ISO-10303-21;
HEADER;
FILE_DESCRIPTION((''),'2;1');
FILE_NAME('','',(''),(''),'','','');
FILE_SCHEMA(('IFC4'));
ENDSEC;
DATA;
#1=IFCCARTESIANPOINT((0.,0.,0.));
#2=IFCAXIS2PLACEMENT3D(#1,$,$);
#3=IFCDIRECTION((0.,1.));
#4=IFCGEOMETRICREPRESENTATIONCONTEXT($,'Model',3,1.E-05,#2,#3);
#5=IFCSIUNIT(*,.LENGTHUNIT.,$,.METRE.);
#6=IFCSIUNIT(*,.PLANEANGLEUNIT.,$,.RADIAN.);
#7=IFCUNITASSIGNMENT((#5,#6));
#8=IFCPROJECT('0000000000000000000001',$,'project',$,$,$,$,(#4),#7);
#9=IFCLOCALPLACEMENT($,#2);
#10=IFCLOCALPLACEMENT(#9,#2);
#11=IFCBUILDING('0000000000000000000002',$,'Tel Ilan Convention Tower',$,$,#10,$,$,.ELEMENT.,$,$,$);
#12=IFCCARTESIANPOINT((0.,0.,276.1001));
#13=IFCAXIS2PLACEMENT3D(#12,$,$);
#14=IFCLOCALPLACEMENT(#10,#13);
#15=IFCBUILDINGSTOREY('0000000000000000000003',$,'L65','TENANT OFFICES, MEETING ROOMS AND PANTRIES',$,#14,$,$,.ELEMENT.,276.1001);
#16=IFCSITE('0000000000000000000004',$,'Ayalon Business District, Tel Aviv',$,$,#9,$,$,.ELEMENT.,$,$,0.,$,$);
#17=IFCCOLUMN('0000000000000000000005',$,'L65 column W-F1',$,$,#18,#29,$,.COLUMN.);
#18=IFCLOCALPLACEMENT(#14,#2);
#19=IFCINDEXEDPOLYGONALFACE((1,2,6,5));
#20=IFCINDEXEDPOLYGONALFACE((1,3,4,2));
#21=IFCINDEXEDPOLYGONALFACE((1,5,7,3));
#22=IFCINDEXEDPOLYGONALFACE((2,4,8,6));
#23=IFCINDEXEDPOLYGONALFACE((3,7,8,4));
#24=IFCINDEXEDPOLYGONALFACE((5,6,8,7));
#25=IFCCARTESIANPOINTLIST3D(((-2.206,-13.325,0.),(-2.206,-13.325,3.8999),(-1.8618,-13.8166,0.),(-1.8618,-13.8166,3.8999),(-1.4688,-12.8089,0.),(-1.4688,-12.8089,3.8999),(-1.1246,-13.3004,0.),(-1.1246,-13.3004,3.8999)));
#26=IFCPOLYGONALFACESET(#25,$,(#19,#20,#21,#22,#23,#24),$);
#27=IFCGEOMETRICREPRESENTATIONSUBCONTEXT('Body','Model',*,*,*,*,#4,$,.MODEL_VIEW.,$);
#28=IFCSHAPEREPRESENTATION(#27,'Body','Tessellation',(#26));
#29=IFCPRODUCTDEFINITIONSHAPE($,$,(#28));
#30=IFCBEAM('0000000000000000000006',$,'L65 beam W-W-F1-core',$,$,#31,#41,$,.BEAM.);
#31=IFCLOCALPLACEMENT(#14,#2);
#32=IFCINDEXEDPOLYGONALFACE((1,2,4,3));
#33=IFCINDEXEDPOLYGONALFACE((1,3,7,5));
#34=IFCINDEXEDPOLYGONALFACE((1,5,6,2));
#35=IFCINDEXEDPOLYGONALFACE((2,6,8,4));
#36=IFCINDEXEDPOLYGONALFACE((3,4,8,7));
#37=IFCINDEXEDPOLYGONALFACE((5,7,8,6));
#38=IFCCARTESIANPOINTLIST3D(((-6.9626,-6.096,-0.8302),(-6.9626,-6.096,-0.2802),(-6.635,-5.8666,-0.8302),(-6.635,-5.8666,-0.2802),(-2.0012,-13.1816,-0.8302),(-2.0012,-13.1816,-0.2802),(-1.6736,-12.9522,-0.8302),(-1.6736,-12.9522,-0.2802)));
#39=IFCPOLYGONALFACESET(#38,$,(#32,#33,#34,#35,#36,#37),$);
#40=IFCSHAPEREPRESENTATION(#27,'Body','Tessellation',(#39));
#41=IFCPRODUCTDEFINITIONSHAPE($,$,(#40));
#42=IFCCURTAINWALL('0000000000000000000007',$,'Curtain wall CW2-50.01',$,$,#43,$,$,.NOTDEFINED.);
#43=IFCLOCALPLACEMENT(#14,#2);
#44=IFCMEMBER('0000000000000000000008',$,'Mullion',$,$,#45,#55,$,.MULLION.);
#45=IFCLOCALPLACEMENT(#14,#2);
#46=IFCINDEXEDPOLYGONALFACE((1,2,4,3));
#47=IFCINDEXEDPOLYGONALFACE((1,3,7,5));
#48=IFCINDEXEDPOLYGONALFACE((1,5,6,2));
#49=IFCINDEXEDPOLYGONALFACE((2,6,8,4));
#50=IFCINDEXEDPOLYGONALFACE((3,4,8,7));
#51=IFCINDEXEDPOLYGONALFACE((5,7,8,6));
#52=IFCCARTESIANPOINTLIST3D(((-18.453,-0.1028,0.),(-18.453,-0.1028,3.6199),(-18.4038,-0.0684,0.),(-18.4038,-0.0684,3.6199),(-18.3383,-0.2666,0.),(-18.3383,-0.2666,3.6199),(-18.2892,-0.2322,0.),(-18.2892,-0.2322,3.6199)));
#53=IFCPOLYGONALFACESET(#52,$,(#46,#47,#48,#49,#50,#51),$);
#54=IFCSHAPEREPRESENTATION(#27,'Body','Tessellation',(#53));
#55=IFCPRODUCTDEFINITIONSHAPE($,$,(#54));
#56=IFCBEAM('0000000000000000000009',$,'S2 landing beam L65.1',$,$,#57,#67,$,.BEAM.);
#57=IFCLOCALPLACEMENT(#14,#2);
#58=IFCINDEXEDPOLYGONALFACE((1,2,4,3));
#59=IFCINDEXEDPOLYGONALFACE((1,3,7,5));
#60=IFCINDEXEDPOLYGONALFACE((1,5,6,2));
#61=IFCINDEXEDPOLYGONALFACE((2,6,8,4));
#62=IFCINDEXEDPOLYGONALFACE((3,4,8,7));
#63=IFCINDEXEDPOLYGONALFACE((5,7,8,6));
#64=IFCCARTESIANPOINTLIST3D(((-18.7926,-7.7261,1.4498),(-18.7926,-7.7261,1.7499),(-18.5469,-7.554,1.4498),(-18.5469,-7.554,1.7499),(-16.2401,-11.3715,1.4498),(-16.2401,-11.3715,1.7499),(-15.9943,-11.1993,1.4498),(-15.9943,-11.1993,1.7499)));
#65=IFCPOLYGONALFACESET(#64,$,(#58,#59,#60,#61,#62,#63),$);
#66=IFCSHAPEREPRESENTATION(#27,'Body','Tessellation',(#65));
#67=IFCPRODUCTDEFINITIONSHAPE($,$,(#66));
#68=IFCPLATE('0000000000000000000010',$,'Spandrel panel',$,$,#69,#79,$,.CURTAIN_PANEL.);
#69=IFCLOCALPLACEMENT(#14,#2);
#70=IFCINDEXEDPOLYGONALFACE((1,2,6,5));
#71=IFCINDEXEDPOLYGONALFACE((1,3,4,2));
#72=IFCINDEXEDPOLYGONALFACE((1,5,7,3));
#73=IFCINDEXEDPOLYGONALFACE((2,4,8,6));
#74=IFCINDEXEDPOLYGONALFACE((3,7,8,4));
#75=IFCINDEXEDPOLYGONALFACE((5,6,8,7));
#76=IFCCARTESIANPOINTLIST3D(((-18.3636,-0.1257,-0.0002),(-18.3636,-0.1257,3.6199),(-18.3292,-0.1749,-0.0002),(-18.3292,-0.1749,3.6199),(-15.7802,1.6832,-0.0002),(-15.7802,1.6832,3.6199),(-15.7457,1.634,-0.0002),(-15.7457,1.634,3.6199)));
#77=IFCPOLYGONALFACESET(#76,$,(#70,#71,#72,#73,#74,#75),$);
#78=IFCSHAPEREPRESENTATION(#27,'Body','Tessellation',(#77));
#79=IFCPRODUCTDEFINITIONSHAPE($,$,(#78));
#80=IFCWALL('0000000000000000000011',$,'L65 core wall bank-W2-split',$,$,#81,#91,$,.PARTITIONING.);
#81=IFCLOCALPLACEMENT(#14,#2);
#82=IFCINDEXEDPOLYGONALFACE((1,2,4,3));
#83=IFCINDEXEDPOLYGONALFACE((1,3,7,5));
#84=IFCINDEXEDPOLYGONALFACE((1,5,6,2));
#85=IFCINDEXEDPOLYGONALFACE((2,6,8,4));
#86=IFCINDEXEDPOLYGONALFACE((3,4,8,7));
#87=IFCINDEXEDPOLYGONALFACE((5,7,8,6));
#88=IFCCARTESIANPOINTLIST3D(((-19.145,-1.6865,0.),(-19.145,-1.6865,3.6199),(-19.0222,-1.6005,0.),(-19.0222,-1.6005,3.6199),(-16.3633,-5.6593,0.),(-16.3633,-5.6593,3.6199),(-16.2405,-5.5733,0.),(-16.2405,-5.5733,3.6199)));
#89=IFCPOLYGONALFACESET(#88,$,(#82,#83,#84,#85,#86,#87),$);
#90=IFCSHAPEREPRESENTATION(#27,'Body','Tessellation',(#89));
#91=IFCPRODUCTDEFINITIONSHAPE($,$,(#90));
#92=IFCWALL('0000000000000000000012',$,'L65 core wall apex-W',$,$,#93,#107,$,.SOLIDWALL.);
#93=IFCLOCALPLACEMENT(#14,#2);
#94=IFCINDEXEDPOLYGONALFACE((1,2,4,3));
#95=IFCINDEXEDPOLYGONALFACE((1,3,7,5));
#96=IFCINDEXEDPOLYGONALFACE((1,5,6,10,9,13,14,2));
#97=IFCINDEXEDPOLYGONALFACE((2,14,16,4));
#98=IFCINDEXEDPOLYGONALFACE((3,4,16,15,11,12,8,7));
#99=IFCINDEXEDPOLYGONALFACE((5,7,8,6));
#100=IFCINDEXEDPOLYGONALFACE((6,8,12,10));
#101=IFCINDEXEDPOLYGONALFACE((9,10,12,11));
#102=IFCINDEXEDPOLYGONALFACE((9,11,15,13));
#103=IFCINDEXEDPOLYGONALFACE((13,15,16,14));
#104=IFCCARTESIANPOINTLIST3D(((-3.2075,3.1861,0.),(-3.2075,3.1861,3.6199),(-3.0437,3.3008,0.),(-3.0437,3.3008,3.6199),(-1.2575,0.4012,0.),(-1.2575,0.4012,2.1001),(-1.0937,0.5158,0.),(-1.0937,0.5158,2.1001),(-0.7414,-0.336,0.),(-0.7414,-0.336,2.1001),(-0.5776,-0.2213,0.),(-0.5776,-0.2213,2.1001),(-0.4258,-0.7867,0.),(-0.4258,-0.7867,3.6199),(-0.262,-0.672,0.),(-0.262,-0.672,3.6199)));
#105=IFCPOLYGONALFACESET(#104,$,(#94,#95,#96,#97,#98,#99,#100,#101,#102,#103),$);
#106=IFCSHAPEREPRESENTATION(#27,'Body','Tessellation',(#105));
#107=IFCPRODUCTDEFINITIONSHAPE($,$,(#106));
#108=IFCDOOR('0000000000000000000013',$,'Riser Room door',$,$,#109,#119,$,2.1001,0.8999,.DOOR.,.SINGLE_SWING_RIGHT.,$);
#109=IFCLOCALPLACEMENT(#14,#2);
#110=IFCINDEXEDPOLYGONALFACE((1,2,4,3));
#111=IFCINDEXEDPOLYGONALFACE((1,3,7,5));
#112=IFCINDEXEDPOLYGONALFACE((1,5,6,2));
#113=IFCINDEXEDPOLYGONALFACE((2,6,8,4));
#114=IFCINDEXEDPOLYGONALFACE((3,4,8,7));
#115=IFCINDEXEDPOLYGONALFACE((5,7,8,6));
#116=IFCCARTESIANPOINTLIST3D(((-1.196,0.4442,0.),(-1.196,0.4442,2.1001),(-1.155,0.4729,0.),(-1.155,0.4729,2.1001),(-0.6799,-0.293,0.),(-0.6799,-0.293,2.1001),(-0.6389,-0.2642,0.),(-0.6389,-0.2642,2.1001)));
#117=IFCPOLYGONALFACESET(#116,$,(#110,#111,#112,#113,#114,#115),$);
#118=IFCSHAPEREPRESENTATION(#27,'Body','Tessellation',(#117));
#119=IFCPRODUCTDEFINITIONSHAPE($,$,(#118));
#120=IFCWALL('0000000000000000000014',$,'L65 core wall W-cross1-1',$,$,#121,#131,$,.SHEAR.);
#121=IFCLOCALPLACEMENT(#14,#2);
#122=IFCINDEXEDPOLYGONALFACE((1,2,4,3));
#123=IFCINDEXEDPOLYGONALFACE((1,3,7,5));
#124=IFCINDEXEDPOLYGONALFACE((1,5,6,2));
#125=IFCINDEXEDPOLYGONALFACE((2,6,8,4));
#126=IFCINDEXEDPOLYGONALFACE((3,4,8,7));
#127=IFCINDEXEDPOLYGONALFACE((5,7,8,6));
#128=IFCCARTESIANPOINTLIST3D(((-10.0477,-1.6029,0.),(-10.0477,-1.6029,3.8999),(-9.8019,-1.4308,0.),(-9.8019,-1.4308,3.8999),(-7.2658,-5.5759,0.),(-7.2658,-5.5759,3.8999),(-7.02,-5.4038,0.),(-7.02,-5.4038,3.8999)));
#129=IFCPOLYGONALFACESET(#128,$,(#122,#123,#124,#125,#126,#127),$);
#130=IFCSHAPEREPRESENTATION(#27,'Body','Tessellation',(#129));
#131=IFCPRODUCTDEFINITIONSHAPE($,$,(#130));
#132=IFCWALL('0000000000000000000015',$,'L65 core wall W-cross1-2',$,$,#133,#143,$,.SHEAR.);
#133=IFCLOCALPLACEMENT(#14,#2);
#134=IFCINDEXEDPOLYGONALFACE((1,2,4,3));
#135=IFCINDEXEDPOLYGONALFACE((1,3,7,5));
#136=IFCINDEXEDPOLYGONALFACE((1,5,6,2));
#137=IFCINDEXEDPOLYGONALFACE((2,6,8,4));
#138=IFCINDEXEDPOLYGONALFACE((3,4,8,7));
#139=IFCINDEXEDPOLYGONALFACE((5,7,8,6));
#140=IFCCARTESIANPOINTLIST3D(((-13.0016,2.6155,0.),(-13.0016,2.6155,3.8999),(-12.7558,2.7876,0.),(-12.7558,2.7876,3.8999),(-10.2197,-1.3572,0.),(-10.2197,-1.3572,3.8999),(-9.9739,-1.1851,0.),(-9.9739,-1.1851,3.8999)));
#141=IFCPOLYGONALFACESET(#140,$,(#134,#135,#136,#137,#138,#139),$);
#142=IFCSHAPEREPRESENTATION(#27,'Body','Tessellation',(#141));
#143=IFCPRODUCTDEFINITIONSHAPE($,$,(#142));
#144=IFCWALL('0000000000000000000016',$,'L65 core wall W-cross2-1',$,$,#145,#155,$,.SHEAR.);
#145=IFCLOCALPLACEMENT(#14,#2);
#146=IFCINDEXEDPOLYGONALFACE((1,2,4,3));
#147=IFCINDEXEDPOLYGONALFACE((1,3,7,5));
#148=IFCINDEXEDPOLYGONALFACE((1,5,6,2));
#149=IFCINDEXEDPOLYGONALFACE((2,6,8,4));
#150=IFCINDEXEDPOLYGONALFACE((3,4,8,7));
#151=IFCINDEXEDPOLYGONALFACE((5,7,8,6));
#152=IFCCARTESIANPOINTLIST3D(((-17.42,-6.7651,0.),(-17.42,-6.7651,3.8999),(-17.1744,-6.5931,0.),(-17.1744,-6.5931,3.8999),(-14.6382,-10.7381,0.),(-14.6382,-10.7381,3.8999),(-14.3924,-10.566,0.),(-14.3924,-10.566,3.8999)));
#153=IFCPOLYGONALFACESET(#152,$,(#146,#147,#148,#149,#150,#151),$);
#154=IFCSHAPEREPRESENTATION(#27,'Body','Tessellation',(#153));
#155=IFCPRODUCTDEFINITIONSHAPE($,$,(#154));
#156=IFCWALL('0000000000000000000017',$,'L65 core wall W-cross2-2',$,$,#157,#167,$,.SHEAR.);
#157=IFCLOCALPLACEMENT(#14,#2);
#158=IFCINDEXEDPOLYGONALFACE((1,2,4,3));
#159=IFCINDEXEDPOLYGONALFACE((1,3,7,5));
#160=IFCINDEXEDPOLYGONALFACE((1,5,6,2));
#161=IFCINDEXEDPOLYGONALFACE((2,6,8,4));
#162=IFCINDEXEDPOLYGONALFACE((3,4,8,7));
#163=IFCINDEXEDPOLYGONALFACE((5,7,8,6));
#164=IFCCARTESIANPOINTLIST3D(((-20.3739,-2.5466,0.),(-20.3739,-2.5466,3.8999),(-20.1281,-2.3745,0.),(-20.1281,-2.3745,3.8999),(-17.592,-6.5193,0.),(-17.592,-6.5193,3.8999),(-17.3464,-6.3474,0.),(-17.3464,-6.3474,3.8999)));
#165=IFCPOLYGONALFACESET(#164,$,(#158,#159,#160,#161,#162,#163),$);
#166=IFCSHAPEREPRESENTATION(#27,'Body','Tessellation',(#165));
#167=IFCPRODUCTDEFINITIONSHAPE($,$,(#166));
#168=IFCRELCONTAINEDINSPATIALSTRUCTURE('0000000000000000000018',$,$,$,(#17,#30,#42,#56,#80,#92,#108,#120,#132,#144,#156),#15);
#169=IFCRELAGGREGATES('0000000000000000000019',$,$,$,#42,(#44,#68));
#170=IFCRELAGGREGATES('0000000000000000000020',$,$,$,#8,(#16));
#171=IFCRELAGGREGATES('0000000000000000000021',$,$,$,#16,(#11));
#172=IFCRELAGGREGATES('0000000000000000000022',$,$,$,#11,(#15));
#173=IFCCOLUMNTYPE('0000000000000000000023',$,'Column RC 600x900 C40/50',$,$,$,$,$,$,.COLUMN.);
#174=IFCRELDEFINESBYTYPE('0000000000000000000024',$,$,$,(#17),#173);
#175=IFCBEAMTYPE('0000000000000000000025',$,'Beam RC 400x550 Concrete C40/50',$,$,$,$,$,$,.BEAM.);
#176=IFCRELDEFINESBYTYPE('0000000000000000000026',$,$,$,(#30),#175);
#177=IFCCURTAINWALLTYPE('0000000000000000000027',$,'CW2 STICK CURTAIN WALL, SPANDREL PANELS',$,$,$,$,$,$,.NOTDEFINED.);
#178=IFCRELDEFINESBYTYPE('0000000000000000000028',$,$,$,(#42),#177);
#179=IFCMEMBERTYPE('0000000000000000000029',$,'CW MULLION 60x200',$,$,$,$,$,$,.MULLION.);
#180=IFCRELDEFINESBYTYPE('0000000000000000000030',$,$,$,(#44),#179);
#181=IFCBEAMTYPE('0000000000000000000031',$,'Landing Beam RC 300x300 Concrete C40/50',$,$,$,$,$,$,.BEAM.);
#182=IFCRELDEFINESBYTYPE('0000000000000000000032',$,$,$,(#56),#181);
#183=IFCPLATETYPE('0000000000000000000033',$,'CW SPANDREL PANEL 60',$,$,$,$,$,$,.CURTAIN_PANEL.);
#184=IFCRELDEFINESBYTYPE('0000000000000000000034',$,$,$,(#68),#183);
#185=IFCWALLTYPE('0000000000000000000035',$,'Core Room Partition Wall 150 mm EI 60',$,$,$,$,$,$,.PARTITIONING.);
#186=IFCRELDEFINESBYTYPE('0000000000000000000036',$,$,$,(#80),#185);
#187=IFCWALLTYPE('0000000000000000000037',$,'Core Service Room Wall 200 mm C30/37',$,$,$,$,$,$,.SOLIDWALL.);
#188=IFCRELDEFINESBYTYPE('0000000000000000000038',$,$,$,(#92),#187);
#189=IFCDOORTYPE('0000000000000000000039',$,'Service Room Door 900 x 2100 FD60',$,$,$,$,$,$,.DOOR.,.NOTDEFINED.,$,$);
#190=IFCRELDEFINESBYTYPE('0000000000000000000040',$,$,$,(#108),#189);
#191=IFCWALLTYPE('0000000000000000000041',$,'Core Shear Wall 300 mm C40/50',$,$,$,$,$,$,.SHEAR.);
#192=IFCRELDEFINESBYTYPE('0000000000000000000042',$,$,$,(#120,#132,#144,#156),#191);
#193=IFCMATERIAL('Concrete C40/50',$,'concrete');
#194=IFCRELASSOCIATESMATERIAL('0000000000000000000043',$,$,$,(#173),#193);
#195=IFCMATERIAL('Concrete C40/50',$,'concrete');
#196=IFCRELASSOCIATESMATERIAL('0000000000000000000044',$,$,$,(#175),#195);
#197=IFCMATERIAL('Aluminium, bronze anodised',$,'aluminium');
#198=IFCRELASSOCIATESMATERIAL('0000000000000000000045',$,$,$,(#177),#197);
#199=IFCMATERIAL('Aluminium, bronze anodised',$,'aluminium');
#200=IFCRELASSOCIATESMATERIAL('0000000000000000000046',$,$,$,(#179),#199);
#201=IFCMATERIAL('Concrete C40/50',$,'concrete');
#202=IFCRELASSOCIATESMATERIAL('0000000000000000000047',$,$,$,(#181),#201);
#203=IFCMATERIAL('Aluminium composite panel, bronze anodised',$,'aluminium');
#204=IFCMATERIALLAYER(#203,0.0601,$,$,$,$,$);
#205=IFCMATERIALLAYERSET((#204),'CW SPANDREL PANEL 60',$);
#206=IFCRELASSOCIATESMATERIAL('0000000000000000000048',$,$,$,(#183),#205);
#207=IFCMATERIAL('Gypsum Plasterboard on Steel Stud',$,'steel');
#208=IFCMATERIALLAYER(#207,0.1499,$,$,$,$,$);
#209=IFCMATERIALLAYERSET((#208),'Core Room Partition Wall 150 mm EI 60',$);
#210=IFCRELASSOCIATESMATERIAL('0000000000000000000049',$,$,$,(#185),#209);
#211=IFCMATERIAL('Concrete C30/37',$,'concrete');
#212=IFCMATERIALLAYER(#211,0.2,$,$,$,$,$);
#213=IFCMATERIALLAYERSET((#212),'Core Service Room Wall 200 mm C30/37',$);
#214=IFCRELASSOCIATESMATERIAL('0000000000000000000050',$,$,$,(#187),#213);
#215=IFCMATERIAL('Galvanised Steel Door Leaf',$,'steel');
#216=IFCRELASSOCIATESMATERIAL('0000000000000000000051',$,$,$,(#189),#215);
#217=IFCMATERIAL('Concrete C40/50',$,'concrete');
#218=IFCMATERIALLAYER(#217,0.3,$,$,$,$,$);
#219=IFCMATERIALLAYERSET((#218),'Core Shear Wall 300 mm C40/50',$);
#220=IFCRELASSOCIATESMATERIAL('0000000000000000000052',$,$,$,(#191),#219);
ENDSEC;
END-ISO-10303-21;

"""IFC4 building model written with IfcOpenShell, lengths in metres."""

from ifc_helpers import new_model, si_unit, direction, frame, frame_2d, origin, origin_2d, place, context, subcontext, project, spatial, polyline, rectangle, outline, extrude, material, layer, layer_set, material_profile, profile_set, type_object, element, fill, aggregate, save


model = new_model("IFC4")

# Units and contexts
model_context = context("Model", 3, precision=1e-05, world=origin(), true_north=direction((0.0, 1.0)))
body_context = subcontext(model_context, "Body", "Model", "MODEL_VIEW")
ifc_project = project(units=[si_unit("LENGTHUNIT", "METRE"), si_unit("PLANEANGLEUNIT", "RADIAN")], contexts=[model_context])

# Site, building, storey
site_placement = place(None, origin())
site = spatial("IfcSite", under=ifc_project, at=site_placement, Name="Ayalon Business District, Tel Aviv", CompositionType="ELEMENT", RefElevation=0.0)
building_placement = place(site_placement, origin())
building = spatial("IfcBuilding", under=site, at=building_placement, Name="Tel Ilan Convention Tower", CompositionType="ELEMENT")
storey_placement = place(building_placement, frame((0.0, 0.0, 276.1001)))
storey = spatial("IfcBuildingStorey", under=building, at=storey_placement, Name="L65", Description="TENANT OFFICES, MEETING ROOMS AND PANTRIES", CompositionType="ELEMENT", Elevation=276.1001)

# Column
ifc_material_1 = material(Name="Concrete C40/50", Category="concrete")
ifc_material_profile_1 = material_profile(ifc_material_1, rectangle(XDim=0.8999, YDim=0.6001, at=origin_2d()), Name="RC 600x900")
ifc_profile_set_1 = profile_set([ifc_material_profile_1], Name="Concrete C40/50")
column_type = type_object("IfcColumnType", Name="Column RC 600x900 C40/50", PredefinedType="COLUMN", material=ifc_profile_set_1)
column_placement = place(storey_placement, frame((-1.6653, -13.3127, 0.0), z_axis=(0.0, 0.0, 1.0), x_axis=(-0.819152, -0.573576, 0.0)))
element("IfcColumn", 1, at=column_placement, inside=storey, type_object=column_type, Name="L65 column W-F1", PredefinedType="COLUMN", context=body_context, shape_type="SweptSolid", body=[
    extrude(rectangle(XDim=0.8999, YDim=0.6001, at=origin_2d()), origin(), (0.0, 0.0, 1.0), 3.8999),
])

# Beam
ifc_material_2 = material(Name="Concrete C40/50", Category="concrete")
ifc_material_profile_2 = material_profile(ifc_material_2, rectangle(XDim=0.3999, YDim=0.55, at=origin_2d()), Name="RC 400x550")
ifc_profile_set_2 = profile_set([ifc_material_profile_2], Name="Concrete C40/50")
beam_type_1 = type_object("IfcBeamType", Name="Beam RC 400x550 Concrete C40/50", PredefinedType="BEAM", material=ifc_profile_set_2)
beam_1_placement = place(storey_placement, frame((-1.8374, -13.0669, -0.5552), z_axis=(-0.573574, 0.819154, 0.0), x_axis=(-0.819154, -0.573574, 0.0)))
element("IfcBeam", 2, at=beam_1_placement, inside=storey, type_object=beam_type_1, Name="L65 beam W-W-F1-core", PredefinedType="BEAM", context=body_context, shape_type="SweptSolid", body=[
    extrude(rectangle(XDim=0.3999, YDim=0.55, at=origin_2d()), origin(), (0.0, 0.0, 1.0), 8.6499),
])

# Curtain wall, member
ifc_material_3 = material(Name="Aluminium, bronze anodised", Category="aluminium")
curtain_wall_type = type_object("IfcCurtainWallType", Name="CW2 STICK CURTAIN WALL, SPANDREL PANELS", PredefinedType="NOTDEFINED", material=ifc_material_3)
curtain_wall_placement = place(storey_placement, origin())
curtain_wall = element("IfcCurtainWall", 3, at=curtain_wall_placement, inside=storey, type_object=curtain_wall_type, Name="Curtain wall CW2-50.01", PredefinedType="NOTDEFINED")
ifc_material_4 = material(Name="Aluminium, bronze anodised", Category="aluminium")
ifc_material_profile_3 = material_profile(ifc_material_4, rectangle(XDim=0.0601, YDim=0.2, at=origin_2d()), Name="CW MULLION 60x200")
ifc_profile_set_3 = profile_set([ifc_material_profile_3], Name="Aluminium, bronze anodised")
member_type = type_object("IfcMemberType", Name="CW MULLION 60x200", PredefinedType="MULLION", material=ifc_profile_set_3)
member_placement = place(storey_placement, frame((-18.3711, -0.1675, 0.0), z_axis=(0.0, 0.0, 1.0), x_axis=(-0.819152, -0.573576, 0.0)))
member = element("IfcMember", 4, at=member_placement, type_object=member_type, Name="Mullion", PredefinedType="MULLION", context=body_context, shape_type="SweptSolid", body=[
    extrude(rectangle(XDim=0.0601, YDim=0.2, at=origin_2d()), origin(), (0.0, 0.0, 1.0), 3.6199),
])

# Beam
ifc_material_5 = material(Name="Concrete C40/50", Category="concrete")
ifc_material_profile_4 = material_profile(ifc_material_5, rectangle(XDim=0.3, YDim=0.3, at=origin_2d()), Name="RC 300x300")
ifc_profile_set_4 = profile_set([ifc_material_profile_4], Name="Concrete C40/50")
beam_type_2 = type_object("IfcBeamType", Name="Landing Beam RC 300x300 Concrete C40/50", PredefinedType="BEAM", material=ifc_profile_set_4)
beam_2_placement = place(storey_placement, frame((-16.1172, -11.2854, 1.5999), z_axis=(-0.573584, 0.819147, 0.0), x_axis=(-0.819147, -0.573584, 0.0)))
element("IfcBeam", 5, at=beam_2_placement, inside=storey, type_object=beam_type_2, Name="S2 landing beam L65.1", PredefinedType="BEAM", context=body_context, shape_type="SweptSolid", body=[
    extrude(rectangle(XDim=0.3, YDim=0.3, at=origin_2d()), origin(), (0.0, 0.0, 1.0), 4.4502),
])

# Plate
ifc_material_6 = material(Name="Aluminium composite panel, bronze anodised", Category="aluminium")
ifc_layer_1 = layer(ifc_material_6, 0.0601)
ifc_layer_set_1 = layer_set([ifc_layer_1], Name="CW SPANDREL PANEL 60")
plate_type = type_object("IfcPlateType", Name="CW SPANDREL PANEL 60", PredefinedType="CURTAIN_PANEL", material=ifc_layer_set_1)
plate_placement = place(storey_placement, frame((-17.0547, 0.7542, -0.0002), z_axis=(0.0, 0.0, 1.0), x_axis=(-0.819152, -0.573576, 0.0)))
plate = element("IfcPlate", 6, at=plate_placement, type_object=plate_type, Name="Spandrel panel", PredefinedType="CURTAIN_PANEL", context=body_context, shape_type="SweptSolid", body=[
    extrude(rectangle(XDim=3.1538, YDim=0.0601, at=origin_2d()), origin(), (0.0, 0.0, 1.0), 3.6201),
])
aggregate(curtain_wall, [member, plate])

# Wall
ifc_material_7 = material(Name="Gypsum Plasterboard on Steel Stud", Category="steel")
ifc_layer_2 = layer(ifc_material_7, 0.1499)
ifc_layer_set_2 = layer_set([ifc_layer_2], Name="Core Room Partition Wall 150 mm EI 60")
wall_type_1 = type_object("IfcWallType", Name="Core Room Partition Wall 150 mm EI 60", PredefinedType="PARTITIONING", material=ifc_layer_set_2)
wall_1_placement = place(storey_placement, frame((-16.302, -5.6162, 0.0), z_axis=(0.0, 0.0, 1.0), x_axis=(-0.57356, 0.819163, 0.0)))
element("IfcWall", 7, at=wall_1_placement, inside=storey, type_object=wall_type_1, Name="L65 core wall bank-W2-split", PredefinedType="PARTITIONING", context=body_context, shape_type="SweptSolid", body=[
    extrude(rectangle(XDim=4.8499, YDim=0.1499, at=frame_2d((2.4248, 0.0))), origin(), (0.0, 0.0, 1.0), 3.6199),
])

# Wall, opening, door
ifc_material_8 = material(Name="Concrete C30/37", Category="concrete")
ifc_layer_3 = layer(ifc_material_8, 0.2)
ifc_layer_set_3 = layer_set([ifc_layer_3], Name="Core Service Room Wall 200 mm C30/37")
wall_type_2 = type_object("IfcWallType", Name="Core Service Room Wall 200 mm C30/37", PredefinedType="SOLIDWALL", material=ifc_layer_set_3)
wall_2_placement = place(storey_placement, frame((-0.344, -0.7292, 0.0), z_axis=(0.0, 0.0, 1.0), x_axis=(-0.57356, 0.819163, 0.0)))
wall_2 = element("IfcWall", 8, at=wall_2_placement, inside=storey, type_object=wall_type_2, Name="L65 core wall apex-W", PredefinedType="SOLIDWALL", context=body_context, shape_type="SweptSolid", body=[
    extrude(rectangle(XDim=4.8499, YDim=0.2, at=frame_2d((2.4248, 0.0))), origin(), (0.0, 0.0, 1.0), 3.6199),
])
opening_1_placement = place(wall_2_placement, frame((0.55, 0.0, 0.0)))
opening_1 = element("IfcOpeningElement", 9, at=opening_1_placement, cuts=wall_2, PredefinedType="OPENING", context=body_context, shape_type="SweptSolid", body=[
    extrude(rectangle(XDim=0.8999, YDim=2.1001, at=frame_2d((0.45, 1.05))), frame((0.0, 0.1099, 0.0), z_axis=(0.0, -1.0, 0.0), x_axis=(1.0, 0.0, 0.0)), (0.0, 0.0, 1.0), 0.22),
])
ifc_material_9 = material(Name="Galvanised Steel Door Leaf", Category="steel")
door_type_1 = type_object("IfcDoorType", Name="Service Room Door 900 x 2100 FD60", OperationType="NOTDEFINED", PredefinedType="DOOR", material=ifc_material_9)
door_1_placement = place(opening_1_placement, origin())
door_1 = element("IfcDoor", 10, at=door_1_placement, inside=storey, type_object=door_type_1, Name="Riser Room door", OperationType="SINGLE_SWING_RIGHT", OverallHeight=2.1001, OverallWidth=0.8999, PredefinedType="DOOR", context=body_context, shape_type="SweptSolid", body=[
    extrude(rectangle(XDim=0.8999, YDim=2.1001, at=frame_2d((0.45, 1.05))), frame((0.0, 0.0249, 0.0), z_axis=(0.0, -1.0, 0.0), x_axis=(1.0, 0.0, 0.0)), (0.0, 0.0, 1.0), 0.05),
])
fill(opening_1, door_1)

# Walls
ifc_material_10 = material(Name="Concrete C40/50", Category="concrete")
ifc_layer_4 = layer(ifc_material_10, 0.3)
ifc_layer_set_4 = layer_set([ifc_layer_4], Name="Core Shear Wall 300 mm C40/50")
wall_type_3 = type_object("IfcWallType", Name="Core Shear Wall 300 mm C40/50", PredefinedType="SHEAR", material=ifc_layer_set_4)
wall_3_placement = place(storey_placement, frame((-7.1428, -5.4897, 0.0), z_axis=(0.0, 0.0, 1.0), x_axis=(-0.573618, 0.819123, 0.0)))
element("IfcWall", 11, at=wall_3_placement, inside=storey, type_object=wall_type_3, Name="L65 core wall W-cross1-1", PredefinedType="SHEAR", context=body_context, shape_type="SweptSolid", body=[
    extrude(outline(polyline([(4.8501, 0.1499), (0.0, 0.1501), (0.0, -0.1499), (4.8501, -0.1501), (4.8501, 0.1499)])), origin(), (0.0, 0.0, 1.0), 3.8999),
])
wall_4_placement = place(storey_placement, frame((-10.0969, -1.2712, 0.0), z_axis=(0.0, 0.0, 1.0), x_axis=(-0.57356, 0.819163, 0.0)))
element("IfcWall", 12, at=wall_4_placement, inside=storey, type_object=wall_type_3, Name="L65 core wall W-cross1-2", PredefinedType="SHEAR", context=body_context, shape_type="SweptSolid", body=[
    extrude(outline(polyline([(4.8499, -0.1499), (4.8499, 0.1501), (0.0, 0.1499), (0.0, -0.1501), (4.8499, -0.1499)])), origin(), (0.0, 0.0, 1.0), 3.8999),
])
wall_5_placement = place(storey_placement, frame((-14.5154, -10.6521, 0.0), z_axis=(0.0, 0.0, 1.0), x_axis=(-0.57356, 0.819163, 0.0)))
element("IfcWall", 13, at=wall_5_placement, inside=storey, type_object=wall_type_3, Name="L65 core wall W-cross2-1", PredefinedType="SHEAR", context=body_context, shape_type="SweptSolid", body=[
    extrude(outline(polyline([(4.8501, 0.1499), (0.0, 0.1499), (0.0, -0.1501), (4.8501, -0.1499), (4.8501, 0.1499)])), origin(), (0.0, 0.0, 1.0), 3.8999),
])
wall_6_placement = place(storey_placement, frame((-17.4692, -6.4333, 0.0), z_axis=(0.0, 0.0, 1.0), x_axis=(-0.573594, 0.81914, 0.0)))
element("IfcWall", 14, at=wall_6_placement, inside=storey, type_object=wall_type_3, Name="L65 core wall W-cross2-2", PredefinedType="SHEAR", context=body_context, shape_type="SweptSolid", body=[
    extrude(outline(polyline([(4.8499, -0.1501), (4.8499, 0.1499), (0.0, 0.1499), (0.0, -0.1499), (4.8499, -0.1501)])), origin(), (0.0, 0.0, 1.0), 3.8999),
])

save(model, "model.ifc")
